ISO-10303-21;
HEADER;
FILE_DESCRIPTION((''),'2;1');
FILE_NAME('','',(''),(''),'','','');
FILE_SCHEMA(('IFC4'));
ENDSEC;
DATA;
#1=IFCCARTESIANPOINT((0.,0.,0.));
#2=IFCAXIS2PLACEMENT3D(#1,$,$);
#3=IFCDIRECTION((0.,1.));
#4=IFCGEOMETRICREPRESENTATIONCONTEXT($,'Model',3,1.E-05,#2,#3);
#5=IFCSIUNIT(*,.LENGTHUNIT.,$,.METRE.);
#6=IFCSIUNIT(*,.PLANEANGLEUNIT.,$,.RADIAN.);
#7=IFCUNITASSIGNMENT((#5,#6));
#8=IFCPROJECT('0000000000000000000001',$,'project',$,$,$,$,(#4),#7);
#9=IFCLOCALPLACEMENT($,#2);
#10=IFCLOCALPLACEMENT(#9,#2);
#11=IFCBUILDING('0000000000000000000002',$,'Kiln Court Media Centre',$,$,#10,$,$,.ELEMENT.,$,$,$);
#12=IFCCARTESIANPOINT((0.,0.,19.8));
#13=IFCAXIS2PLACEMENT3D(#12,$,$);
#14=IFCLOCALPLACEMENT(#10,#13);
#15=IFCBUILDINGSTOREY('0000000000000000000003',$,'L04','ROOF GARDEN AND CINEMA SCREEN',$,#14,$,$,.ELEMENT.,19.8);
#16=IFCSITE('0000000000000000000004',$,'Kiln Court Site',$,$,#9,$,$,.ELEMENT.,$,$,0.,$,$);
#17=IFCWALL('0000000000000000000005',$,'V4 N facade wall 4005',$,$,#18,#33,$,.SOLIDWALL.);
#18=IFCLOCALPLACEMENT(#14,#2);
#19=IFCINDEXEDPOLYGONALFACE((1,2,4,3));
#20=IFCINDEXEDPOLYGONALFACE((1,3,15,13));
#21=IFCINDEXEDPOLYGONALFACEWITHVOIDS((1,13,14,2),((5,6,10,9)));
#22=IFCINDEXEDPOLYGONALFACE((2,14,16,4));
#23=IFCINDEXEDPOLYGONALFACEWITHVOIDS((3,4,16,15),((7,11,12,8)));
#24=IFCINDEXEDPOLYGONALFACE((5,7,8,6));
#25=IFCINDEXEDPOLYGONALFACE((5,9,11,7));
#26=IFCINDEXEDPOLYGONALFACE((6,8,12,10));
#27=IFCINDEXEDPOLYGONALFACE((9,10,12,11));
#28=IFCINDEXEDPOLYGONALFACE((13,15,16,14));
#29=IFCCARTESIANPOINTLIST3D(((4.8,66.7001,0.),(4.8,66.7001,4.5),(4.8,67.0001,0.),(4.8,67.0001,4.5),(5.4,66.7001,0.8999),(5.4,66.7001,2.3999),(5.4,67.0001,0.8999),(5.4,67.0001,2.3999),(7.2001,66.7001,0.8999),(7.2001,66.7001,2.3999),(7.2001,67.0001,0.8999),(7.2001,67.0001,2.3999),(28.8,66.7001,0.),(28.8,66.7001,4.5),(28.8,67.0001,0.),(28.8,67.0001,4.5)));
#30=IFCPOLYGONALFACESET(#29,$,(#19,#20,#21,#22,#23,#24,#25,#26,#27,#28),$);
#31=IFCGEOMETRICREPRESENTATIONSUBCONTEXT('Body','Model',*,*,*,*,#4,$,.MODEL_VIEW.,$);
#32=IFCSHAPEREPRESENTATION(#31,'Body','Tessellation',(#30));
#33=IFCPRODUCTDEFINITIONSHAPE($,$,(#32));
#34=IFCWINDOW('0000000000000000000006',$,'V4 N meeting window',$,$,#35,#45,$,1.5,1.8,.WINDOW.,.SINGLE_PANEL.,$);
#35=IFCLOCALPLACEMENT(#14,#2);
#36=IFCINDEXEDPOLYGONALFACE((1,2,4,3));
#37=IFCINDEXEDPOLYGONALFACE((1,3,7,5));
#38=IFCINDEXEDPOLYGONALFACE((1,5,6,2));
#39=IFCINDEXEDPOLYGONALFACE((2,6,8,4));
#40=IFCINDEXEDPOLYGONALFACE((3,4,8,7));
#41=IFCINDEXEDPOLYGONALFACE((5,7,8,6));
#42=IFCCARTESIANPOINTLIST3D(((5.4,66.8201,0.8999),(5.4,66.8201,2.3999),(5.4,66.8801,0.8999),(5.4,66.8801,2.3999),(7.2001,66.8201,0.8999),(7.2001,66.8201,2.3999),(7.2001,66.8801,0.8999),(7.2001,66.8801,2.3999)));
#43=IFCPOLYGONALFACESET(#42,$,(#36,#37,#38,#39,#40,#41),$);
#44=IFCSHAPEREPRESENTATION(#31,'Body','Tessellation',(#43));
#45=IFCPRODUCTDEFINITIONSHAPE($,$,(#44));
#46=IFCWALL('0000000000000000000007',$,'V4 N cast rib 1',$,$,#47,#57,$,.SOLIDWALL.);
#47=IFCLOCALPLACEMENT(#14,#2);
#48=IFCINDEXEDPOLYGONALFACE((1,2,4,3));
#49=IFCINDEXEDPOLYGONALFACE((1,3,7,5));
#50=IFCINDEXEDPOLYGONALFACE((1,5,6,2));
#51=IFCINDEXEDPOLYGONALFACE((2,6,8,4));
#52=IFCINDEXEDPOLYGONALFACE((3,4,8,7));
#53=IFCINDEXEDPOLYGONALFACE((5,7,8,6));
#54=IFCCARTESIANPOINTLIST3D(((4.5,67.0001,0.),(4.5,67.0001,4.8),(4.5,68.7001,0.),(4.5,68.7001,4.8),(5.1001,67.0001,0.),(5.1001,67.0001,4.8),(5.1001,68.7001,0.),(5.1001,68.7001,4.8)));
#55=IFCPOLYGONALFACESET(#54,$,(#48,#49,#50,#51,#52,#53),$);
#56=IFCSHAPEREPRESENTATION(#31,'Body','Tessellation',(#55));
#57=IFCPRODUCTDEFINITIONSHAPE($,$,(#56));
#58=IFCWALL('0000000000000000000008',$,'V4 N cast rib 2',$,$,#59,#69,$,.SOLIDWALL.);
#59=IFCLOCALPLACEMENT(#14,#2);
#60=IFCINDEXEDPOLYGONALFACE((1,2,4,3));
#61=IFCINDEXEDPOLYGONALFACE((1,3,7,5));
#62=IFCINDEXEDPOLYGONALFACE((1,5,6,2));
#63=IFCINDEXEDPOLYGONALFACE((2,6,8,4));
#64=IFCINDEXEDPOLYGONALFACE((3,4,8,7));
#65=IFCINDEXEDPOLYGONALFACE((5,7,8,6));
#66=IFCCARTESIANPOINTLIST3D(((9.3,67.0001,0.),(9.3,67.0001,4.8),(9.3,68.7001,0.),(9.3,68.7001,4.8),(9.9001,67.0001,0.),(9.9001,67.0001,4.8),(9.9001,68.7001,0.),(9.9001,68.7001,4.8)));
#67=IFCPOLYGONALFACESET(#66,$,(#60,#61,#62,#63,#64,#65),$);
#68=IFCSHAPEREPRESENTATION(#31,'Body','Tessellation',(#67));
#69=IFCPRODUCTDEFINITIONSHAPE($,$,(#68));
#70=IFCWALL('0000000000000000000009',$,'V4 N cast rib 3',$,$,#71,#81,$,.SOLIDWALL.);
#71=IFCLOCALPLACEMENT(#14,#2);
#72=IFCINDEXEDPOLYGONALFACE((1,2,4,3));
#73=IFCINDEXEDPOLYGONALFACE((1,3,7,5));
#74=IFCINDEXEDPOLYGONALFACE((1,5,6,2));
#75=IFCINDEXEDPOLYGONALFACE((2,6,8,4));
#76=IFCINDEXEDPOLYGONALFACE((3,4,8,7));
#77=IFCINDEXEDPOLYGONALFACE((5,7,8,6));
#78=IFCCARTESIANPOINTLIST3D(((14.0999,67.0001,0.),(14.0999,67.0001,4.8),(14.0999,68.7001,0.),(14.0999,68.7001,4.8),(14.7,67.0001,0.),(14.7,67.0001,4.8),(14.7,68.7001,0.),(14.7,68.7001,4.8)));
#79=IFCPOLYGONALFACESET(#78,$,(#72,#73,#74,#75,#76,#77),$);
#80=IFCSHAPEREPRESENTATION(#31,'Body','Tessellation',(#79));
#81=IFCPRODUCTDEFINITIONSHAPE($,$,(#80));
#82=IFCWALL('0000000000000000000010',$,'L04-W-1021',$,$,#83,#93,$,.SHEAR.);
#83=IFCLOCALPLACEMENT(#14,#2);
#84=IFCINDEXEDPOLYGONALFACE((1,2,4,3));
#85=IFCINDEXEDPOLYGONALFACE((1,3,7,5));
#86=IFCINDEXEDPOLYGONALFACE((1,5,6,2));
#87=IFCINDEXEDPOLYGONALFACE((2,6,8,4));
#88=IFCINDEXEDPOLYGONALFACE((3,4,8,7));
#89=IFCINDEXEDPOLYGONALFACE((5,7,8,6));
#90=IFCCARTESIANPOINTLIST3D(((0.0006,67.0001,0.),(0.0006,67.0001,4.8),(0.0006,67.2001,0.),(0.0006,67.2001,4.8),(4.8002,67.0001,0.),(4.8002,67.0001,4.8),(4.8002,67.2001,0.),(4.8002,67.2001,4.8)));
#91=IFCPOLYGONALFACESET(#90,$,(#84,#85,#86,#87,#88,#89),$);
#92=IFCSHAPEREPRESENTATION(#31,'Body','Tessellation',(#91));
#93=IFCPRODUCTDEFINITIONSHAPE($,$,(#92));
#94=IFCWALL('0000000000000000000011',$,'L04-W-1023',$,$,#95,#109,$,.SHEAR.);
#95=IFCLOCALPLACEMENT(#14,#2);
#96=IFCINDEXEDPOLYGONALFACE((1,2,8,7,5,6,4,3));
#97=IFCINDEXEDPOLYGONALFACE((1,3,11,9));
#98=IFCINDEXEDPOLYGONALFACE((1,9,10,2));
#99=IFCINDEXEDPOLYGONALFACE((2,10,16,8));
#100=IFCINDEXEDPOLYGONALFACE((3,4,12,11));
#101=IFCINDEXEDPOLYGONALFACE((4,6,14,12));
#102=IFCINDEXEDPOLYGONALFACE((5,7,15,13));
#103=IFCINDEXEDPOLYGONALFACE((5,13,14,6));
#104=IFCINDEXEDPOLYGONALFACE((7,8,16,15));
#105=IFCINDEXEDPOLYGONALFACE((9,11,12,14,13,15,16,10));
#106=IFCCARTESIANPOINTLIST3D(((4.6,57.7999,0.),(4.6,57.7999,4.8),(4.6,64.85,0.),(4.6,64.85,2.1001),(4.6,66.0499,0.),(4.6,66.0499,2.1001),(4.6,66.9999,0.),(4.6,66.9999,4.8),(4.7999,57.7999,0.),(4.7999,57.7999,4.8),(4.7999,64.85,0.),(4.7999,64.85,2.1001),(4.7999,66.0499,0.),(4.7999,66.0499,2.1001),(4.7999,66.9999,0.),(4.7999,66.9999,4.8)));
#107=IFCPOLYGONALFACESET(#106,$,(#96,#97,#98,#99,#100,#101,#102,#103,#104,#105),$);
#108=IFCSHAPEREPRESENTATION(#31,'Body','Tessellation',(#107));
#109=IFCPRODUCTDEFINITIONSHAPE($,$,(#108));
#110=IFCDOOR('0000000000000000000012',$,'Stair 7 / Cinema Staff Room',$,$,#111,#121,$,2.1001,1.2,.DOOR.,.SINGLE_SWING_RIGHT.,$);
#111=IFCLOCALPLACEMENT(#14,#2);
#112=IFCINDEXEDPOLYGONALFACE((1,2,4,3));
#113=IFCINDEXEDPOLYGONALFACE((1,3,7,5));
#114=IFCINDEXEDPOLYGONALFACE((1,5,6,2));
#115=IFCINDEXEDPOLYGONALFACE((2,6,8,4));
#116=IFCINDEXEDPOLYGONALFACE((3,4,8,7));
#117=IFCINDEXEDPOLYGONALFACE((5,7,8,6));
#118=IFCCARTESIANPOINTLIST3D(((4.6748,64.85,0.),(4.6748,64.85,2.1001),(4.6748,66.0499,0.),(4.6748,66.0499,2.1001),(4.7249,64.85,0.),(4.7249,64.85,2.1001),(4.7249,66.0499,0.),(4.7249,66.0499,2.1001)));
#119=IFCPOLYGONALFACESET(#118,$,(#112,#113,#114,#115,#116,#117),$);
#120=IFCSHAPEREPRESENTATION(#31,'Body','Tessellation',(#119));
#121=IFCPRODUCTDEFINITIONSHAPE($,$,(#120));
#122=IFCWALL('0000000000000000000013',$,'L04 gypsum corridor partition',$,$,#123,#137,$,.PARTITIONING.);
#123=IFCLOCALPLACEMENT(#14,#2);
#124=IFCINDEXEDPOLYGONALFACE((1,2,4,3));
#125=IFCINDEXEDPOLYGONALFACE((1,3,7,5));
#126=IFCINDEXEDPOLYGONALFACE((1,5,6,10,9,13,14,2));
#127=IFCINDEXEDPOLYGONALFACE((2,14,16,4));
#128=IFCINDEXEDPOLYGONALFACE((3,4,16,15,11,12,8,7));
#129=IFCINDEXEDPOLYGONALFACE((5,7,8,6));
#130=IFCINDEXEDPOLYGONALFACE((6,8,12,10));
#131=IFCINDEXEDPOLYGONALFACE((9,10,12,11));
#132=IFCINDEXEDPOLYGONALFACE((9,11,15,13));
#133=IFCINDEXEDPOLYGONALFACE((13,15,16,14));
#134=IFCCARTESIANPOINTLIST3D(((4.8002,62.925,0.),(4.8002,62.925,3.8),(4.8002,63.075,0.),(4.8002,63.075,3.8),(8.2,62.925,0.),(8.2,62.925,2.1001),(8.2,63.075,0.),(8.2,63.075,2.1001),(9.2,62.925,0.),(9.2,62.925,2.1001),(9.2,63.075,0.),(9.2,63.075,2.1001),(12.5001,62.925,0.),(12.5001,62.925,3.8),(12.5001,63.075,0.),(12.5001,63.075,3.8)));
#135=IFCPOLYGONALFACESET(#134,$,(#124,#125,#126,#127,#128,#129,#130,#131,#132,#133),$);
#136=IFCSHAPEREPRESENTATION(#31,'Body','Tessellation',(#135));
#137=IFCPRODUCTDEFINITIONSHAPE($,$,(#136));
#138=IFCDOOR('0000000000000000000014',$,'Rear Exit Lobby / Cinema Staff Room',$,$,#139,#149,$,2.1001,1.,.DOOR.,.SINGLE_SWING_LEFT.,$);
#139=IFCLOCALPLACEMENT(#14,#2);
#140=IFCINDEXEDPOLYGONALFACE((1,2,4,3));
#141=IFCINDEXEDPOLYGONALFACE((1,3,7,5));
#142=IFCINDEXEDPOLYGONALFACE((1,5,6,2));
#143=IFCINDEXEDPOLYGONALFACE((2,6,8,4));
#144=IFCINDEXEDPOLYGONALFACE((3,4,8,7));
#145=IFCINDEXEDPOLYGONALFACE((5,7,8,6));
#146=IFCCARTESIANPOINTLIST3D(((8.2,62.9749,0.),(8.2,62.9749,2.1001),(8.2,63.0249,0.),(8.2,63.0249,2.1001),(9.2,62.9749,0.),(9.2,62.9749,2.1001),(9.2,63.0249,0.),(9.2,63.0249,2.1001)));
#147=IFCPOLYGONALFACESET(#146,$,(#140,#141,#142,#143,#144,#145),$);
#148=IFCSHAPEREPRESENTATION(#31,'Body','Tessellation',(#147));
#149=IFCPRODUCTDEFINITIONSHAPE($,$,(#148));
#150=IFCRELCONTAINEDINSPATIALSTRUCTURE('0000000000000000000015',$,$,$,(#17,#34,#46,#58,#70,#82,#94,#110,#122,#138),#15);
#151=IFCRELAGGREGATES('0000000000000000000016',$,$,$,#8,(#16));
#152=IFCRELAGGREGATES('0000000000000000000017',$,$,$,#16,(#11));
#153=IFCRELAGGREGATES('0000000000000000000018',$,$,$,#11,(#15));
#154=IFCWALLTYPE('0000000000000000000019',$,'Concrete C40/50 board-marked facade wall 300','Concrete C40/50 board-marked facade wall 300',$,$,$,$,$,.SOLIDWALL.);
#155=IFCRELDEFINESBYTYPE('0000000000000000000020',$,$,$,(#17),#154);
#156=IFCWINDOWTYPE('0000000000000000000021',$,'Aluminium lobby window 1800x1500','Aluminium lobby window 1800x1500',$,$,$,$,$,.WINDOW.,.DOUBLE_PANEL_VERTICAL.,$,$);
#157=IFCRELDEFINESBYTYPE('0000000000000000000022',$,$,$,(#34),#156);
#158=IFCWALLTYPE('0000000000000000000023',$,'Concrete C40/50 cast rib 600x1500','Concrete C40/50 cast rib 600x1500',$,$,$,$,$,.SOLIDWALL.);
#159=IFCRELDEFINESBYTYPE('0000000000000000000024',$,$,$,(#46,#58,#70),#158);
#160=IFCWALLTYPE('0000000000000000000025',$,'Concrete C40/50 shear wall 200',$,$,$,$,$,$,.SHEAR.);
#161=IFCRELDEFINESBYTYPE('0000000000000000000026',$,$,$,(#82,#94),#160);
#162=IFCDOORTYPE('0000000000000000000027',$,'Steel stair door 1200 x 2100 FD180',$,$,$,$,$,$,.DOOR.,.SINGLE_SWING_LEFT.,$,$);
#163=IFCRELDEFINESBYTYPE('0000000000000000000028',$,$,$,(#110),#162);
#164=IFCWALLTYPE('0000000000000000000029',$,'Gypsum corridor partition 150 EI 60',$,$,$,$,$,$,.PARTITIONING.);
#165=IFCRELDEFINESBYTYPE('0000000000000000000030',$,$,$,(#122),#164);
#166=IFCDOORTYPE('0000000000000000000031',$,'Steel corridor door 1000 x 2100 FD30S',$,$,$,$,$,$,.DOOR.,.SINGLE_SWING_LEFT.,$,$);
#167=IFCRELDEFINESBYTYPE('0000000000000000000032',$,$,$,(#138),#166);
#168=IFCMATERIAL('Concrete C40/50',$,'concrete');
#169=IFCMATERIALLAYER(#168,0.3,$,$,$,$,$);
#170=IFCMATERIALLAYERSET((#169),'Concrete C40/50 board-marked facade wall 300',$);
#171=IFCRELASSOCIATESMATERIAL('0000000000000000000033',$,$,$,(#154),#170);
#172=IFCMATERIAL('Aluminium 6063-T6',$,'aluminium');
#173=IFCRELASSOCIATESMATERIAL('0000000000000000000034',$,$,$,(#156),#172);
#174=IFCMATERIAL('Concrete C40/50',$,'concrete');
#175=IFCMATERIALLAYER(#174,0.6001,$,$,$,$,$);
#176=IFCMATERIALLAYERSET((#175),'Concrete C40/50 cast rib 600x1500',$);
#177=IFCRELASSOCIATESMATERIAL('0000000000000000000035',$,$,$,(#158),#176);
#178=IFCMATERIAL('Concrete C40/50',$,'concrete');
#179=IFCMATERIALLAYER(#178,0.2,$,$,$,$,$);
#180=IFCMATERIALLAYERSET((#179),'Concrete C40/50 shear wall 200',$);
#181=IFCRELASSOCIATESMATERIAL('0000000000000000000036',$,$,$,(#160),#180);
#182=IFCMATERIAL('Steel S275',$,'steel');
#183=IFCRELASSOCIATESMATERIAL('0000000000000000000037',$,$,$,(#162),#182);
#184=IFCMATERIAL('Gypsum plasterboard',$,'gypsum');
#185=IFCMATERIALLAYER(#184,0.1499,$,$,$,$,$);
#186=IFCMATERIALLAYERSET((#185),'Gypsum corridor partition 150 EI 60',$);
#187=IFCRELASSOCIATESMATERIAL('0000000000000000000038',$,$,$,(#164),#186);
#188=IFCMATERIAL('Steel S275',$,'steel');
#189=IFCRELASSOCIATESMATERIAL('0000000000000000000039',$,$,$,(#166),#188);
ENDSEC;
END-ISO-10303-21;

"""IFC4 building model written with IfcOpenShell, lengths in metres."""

from ifc_helpers import new_model, si_unit, direction, frame, frame_2d, origin, place, context, subcontext, project, spatial, rectangle, extrude, material, layer, layer_set, type_object, element, fill, save


model = new_model("IFC4")

# Units and contexts
model_context = context("Model", 3, precision=1e-05, world=origin(), true_north=direction((0.0, 1.0)))
body_context = subcontext(model_context, "Body", "Model", "MODEL_VIEW")
ifc_project = project(units=[si_unit("LENGTHUNIT", "METRE"), si_unit("PLANEANGLEUNIT", "RADIAN")], contexts=[model_context])

# Site, building, storey
site_placement = place(None, origin())
site = spatial("IfcSite", under=ifc_project, at=site_placement, Name="Kiln Court Site", CompositionType="ELEMENT", RefElevation=0.0)
building_placement = place(site_placement, origin())
building = spatial("IfcBuilding", under=site, at=building_placement, Name="Kiln Court Media Centre", CompositionType="ELEMENT")
storey_placement = place(building_placement, frame((0.0, 0.0, 19.8)))
storey = spatial("IfcBuildingStorey", under=building, at=storey_placement, Name="L04", Description="ROOF GARDEN AND CINEMA SCREEN", CompositionType="ELEMENT", Elevation=19.8)

# Wall, opening, window
ifc_material_1 = material(Name="Concrete C40/50", Category="concrete")
ifc_layer_1 = layer(ifc_material_1, 0.3)
ifc_layer_set_1 = layer_set([ifc_layer_1], Name="Concrete C40/50 board-marked facade wall 300")
wall_type_1 = type_object("IfcWallType", Name="Concrete C40/50 board-marked facade wall 300", Description="Concrete C40/50 board-marked facade wall 300", PredefinedType="SOLIDWALL", material=ifc_layer_set_1)
wall_1_placement = place(storey_placement, frame((4.8, 66.8501, 0.0), z_axis=(0.0, 0.0, 1.0), x_axis=(1.0, 0.0, 0.0)))
wall_1 = element("IfcWall", 1, at=wall_1_placement, inside=storey, type_object=wall_type_1, Name="V4 N facade wall 4005", PredefinedType="SOLIDWALL", context=body_context, shape_type="SweptSolid", body=[
    extrude(rectangle(XDim=24.0, YDim=0.3, at=frame_2d((12.0, 0.0))), origin(), (0.0, 0.0, 1.0), 4.5),
])
opening_1_placement = place(wall_1_placement, frame((0.6001, 0.0, 0.8999)))
opening_1 = element("IfcOpeningElement", 2, at=opening_1_placement, cuts=wall_1, PredefinedType="OPENING", context=body_context, shape_type="SweptSolid", body=[
    extrude(rectangle(XDim=1.8, YDim=1.5, at=frame_2d((0.8999, 0.75))), frame((0.0, 0.1599, 0.0), z_axis=(0.0, -1.0, 0.0), x_axis=(1.0, 0.0, 0.0)), (0.0, 0.0, 1.0), 0.3201),
])
ifc_material_2 = material(Name="Aluminium 6063-T6", Category="aluminium")
window_type = type_object("IfcWindowType", Name="Aluminium lobby window 1800x1500", Description="Aluminium lobby window 1800x1500", PartitioningType="DOUBLE_PANEL_VERTICAL", PredefinedType="WINDOW", material=ifc_material_2)
window_placement = place(opening_1_placement, origin())
window = element("IfcWindow", 3, at=window_placement, inside=storey, type_object=window_type, Name="V4 N meeting window", OverallHeight=1.5, OverallWidth=1.8, PartitioningType="SINGLE_PANEL", PredefinedType="WINDOW", context=body_context, shape_type="SweptSolid", body=[
    extrude(rectangle(XDim=1.8, YDim=1.5, at=frame_2d((0.8999, 0.75))), frame((0.0, 0.03, 0.0), z_axis=(0.0, -1.0, 0.0), x_axis=(1.0, 0.0, 0.0)), (0.0, 0.0, 1.0), 0.0601),
])
fill(opening_1, window)

# Walls
ifc_material_3 = material(Name="Concrete C40/50", Category="concrete")
ifc_layer_2 = layer(ifc_material_3, 0.6001)
ifc_layer_set_2 = layer_set([ifc_layer_2], Name="Concrete C40/50 cast rib 600x1500")
wall_type_2 = type_object("IfcWallType", Name="Concrete C40/50 cast rib 600x1500", Description="Concrete C40/50 cast rib 600x1500", PredefinedType="SOLIDWALL", material=ifc_layer_set_2)
for number, where, z_axis, x_axis, name in (
    (4, (4.8, 67.0, 0.0), (0.0, 0.0, 1.0), (0.0, 1.0, 0.0), "V4 N cast rib 1"),
    (5, (9.6001, 67.0, 0.0), (0.0, 0.0, 1.0), (0.0, 1.0, 0.0), "V4 N cast rib 2"),
    (6, (14.3999, 67.0, 0.0), (0.0, 0.0, 1.0), (0.0, 1.0, 0.0), "V4 N cast rib 3"),
):
    element("IfcWall", number, at=place(storey_placement, frame(where, z_axis=z_axis, x_axis=x_axis)), inside=storey, type_object=wall_type_2, Name=name, PredefinedType="SOLIDWALL", context=body_context, shape_type="SweptSolid", body=[
        extrude(rectangle(XDim=1.7, YDim=0.6001, at=frame_2d((0.8501, 0.0))), origin(), (0.0, 0.0, 1.0), 4.8),
    ])
ifc_material_4 = material(Name="Concrete C40/50", Category="concrete")
ifc_layer_3 = layer(ifc_material_4, 0.2)
ifc_layer_set_3 = layer_set([ifc_layer_3], Name="Concrete C40/50 shear wall 200")
wall_type_3 = type_object("IfcWallType", Name="Concrete C40/50 shear wall 200", PredefinedType="SHEAR", material=ifc_layer_set_3)
wall_2_placement = place(storey_placement, frame((0.0005, 67.1001, 0.0), z_axis=(0.0, 0.0, 1.0), x_axis=(1.0, 0.0, 0.0)))
element("IfcWall", 7, at=wall_2_placement, inside=storey, type_object=wall_type_3, Name="L04-W-1021", PredefinedType="SHEAR", context=body_context, shape_type="SweptSolid", body=[
    extrude(rectangle(XDim=4.7996, YDim=0.2, at=frame_2d((2.3999, 0.0))), origin(), (0.0, 0.0, 1.0), 4.8),
])

# Walls, openings, doors
wall_3_placement = place(storey_placement, frame((4.7, 67.0, 0.0), z_axis=(0.0, 0.0, 1.0), x_axis=(0.0, -1.0, 0.0)))
wall_3 = element("IfcWall", 8, at=wall_3_placement, inside=storey, type_object=wall_type_3, Name="L04-W-1023", PredefinedType="SHEAR", context=body_context, shape_type="SweptSolid", body=[
    extrude(rectangle(XDim=9.2, YDim=0.2, at=frame_2d((4.6001, 0.0))), origin(), (0.0, 0.0, 1.0), 4.8),
])
opening_2_placement = place(wall_3_placement, frame((0.95, 0.0, 0.0)))
opening_2 = element("IfcOpeningElement", 9, at=opening_2_placement, cuts=wall_3, PredefinedType="OPENING", context=body_context, shape_type="SweptSolid", body=[
    extrude(rectangle(XDim=1.2, YDim=2.1001, at=frame_2d((0.6001, 1.05))), frame((0.0, 0.1099, 0.0), z_axis=(0.0, -1.0, 0.0), x_axis=(1.0, 0.0, 0.0)), (0.0, 0.0, 1.0), 0.22),
])
ifc_material_5 = material(Name="Steel S275", Category="steel")
door_type_1 = type_object("IfcDoorType", Name="Steel stair door 1200 x 2100 FD180", OperationType="SINGLE_SWING_LEFT", PredefinedType="DOOR", material=ifc_material_5)
door_1_placement = place(opening_2_placement, origin())
door_1 = element("IfcDoor", 10, at=door_1_placement, inside=storey, type_object=door_type_1, Name="Stair 7 / Cinema Staff Room", OperationType="SINGLE_SWING_RIGHT", OverallHeight=2.1001, OverallWidth=1.2, PredefinedType="DOOR", context=body_context, shape_type="SweptSolid", body=[
    extrude(rectangle(XDim=1.2, YDim=2.1001, at=frame_2d((0.6001, 1.05))), frame((0.0, 0.0249, 0.0), z_axis=(0.0, -1.0, 0.0), x_axis=(1.0, 0.0, 0.0)), (0.0, 0.0, 1.0), 0.05),
])
fill(opening_2, door_1)
ifc_material_6 = material(Name="Gypsum plasterboard", Category="gypsum")
ifc_layer_4 = layer(ifc_material_6, 0.1499)
ifc_layer_set_4 = layer_set([ifc_layer_4], Name="Gypsum corridor partition 150 EI 60")
wall_type_4 = type_object("IfcWallType", Name="Gypsum corridor partition 150 EI 60", PredefinedType="PARTITIONING", material=ifc_layer_set_4)
wall_4_placement = place(storey_placement, frame((4.8, 63.0, 0.0), z_axis=(0.0, 0.0, 1.0), x_axis=(1.0, 0.0, 0.0)))
wall_4 = element("IfcWall", 11, at=wall_4_placement, inside=storey, type_object=wall_type_4, Name="L04 gypsum corridor partition", PredefinedType="PARTITIONING", context=body_context, shape_type="SweptSolid", body=[
    extrude(rectangle(XDim=7.7, YDim=0.1499, at=frame_2d((3.8501, 0.0))), origin(), (0.0, 0.0, 1.0), 3.8),
])
opening_3_placement = place(wall_4_placement, frame((3.3999, 0.0, 0.0)))
opening_3 = element("IfcOpeningElement", 12, at=opening_3_placement, cuts=wall_4, PredefinedType="OPENING", context=body_context, shape_type="SweptSolid", body=[
    extrude(rectangle(XDim=1.0, YDim=2.1001, at=frame_2d((0.5, 1.05))), frame((0.0, 0.085, 0.0), z_axis=(0.0, -1.0, 0.0), x_axis=(1.0, 0.0, 0.0)), (0.0, 0.0, 1.0), 0.1699),
])
ifc_material_7 = material(Name="Steel S275", Category="steel")
door_type_2 = type_object("IfcDoorType", Name="Steel corridor door 1000 x 2100 FD30S", OperationType="SINGLE_SWING_LEFT", PredefinedType="DOOR", material=ifc_material_7)
door_2_placement = place(opening_3_placement, origin())
door_2 = element("IfcDoor", 13, at=door_2_placement, inside=storey, type_object=door_type_2, Name="Rear Exit Lobby / Cinema Staff Room", OperationType="SINGLE_SWING_LEFT", OverallHeight=2.1001, OverallWidth=1.0, PredefinedType="DOOR", context=body_context, shape_type="SweptSolid", body=[
    extrude(rectangle(XDim=1.0, YDim=2.1001, at=frame_2d((0.5, 1.05))), frame((0.0, 0.0249, 0.0), z_axis=(0.0, -1.0, 0.0), x_axis=(1.0, 0.0, 0.0)), (0.0, 0.0, 1.0), 0.05),
])
fill(opening_3, door_2)

save(model, "model.ifc")
